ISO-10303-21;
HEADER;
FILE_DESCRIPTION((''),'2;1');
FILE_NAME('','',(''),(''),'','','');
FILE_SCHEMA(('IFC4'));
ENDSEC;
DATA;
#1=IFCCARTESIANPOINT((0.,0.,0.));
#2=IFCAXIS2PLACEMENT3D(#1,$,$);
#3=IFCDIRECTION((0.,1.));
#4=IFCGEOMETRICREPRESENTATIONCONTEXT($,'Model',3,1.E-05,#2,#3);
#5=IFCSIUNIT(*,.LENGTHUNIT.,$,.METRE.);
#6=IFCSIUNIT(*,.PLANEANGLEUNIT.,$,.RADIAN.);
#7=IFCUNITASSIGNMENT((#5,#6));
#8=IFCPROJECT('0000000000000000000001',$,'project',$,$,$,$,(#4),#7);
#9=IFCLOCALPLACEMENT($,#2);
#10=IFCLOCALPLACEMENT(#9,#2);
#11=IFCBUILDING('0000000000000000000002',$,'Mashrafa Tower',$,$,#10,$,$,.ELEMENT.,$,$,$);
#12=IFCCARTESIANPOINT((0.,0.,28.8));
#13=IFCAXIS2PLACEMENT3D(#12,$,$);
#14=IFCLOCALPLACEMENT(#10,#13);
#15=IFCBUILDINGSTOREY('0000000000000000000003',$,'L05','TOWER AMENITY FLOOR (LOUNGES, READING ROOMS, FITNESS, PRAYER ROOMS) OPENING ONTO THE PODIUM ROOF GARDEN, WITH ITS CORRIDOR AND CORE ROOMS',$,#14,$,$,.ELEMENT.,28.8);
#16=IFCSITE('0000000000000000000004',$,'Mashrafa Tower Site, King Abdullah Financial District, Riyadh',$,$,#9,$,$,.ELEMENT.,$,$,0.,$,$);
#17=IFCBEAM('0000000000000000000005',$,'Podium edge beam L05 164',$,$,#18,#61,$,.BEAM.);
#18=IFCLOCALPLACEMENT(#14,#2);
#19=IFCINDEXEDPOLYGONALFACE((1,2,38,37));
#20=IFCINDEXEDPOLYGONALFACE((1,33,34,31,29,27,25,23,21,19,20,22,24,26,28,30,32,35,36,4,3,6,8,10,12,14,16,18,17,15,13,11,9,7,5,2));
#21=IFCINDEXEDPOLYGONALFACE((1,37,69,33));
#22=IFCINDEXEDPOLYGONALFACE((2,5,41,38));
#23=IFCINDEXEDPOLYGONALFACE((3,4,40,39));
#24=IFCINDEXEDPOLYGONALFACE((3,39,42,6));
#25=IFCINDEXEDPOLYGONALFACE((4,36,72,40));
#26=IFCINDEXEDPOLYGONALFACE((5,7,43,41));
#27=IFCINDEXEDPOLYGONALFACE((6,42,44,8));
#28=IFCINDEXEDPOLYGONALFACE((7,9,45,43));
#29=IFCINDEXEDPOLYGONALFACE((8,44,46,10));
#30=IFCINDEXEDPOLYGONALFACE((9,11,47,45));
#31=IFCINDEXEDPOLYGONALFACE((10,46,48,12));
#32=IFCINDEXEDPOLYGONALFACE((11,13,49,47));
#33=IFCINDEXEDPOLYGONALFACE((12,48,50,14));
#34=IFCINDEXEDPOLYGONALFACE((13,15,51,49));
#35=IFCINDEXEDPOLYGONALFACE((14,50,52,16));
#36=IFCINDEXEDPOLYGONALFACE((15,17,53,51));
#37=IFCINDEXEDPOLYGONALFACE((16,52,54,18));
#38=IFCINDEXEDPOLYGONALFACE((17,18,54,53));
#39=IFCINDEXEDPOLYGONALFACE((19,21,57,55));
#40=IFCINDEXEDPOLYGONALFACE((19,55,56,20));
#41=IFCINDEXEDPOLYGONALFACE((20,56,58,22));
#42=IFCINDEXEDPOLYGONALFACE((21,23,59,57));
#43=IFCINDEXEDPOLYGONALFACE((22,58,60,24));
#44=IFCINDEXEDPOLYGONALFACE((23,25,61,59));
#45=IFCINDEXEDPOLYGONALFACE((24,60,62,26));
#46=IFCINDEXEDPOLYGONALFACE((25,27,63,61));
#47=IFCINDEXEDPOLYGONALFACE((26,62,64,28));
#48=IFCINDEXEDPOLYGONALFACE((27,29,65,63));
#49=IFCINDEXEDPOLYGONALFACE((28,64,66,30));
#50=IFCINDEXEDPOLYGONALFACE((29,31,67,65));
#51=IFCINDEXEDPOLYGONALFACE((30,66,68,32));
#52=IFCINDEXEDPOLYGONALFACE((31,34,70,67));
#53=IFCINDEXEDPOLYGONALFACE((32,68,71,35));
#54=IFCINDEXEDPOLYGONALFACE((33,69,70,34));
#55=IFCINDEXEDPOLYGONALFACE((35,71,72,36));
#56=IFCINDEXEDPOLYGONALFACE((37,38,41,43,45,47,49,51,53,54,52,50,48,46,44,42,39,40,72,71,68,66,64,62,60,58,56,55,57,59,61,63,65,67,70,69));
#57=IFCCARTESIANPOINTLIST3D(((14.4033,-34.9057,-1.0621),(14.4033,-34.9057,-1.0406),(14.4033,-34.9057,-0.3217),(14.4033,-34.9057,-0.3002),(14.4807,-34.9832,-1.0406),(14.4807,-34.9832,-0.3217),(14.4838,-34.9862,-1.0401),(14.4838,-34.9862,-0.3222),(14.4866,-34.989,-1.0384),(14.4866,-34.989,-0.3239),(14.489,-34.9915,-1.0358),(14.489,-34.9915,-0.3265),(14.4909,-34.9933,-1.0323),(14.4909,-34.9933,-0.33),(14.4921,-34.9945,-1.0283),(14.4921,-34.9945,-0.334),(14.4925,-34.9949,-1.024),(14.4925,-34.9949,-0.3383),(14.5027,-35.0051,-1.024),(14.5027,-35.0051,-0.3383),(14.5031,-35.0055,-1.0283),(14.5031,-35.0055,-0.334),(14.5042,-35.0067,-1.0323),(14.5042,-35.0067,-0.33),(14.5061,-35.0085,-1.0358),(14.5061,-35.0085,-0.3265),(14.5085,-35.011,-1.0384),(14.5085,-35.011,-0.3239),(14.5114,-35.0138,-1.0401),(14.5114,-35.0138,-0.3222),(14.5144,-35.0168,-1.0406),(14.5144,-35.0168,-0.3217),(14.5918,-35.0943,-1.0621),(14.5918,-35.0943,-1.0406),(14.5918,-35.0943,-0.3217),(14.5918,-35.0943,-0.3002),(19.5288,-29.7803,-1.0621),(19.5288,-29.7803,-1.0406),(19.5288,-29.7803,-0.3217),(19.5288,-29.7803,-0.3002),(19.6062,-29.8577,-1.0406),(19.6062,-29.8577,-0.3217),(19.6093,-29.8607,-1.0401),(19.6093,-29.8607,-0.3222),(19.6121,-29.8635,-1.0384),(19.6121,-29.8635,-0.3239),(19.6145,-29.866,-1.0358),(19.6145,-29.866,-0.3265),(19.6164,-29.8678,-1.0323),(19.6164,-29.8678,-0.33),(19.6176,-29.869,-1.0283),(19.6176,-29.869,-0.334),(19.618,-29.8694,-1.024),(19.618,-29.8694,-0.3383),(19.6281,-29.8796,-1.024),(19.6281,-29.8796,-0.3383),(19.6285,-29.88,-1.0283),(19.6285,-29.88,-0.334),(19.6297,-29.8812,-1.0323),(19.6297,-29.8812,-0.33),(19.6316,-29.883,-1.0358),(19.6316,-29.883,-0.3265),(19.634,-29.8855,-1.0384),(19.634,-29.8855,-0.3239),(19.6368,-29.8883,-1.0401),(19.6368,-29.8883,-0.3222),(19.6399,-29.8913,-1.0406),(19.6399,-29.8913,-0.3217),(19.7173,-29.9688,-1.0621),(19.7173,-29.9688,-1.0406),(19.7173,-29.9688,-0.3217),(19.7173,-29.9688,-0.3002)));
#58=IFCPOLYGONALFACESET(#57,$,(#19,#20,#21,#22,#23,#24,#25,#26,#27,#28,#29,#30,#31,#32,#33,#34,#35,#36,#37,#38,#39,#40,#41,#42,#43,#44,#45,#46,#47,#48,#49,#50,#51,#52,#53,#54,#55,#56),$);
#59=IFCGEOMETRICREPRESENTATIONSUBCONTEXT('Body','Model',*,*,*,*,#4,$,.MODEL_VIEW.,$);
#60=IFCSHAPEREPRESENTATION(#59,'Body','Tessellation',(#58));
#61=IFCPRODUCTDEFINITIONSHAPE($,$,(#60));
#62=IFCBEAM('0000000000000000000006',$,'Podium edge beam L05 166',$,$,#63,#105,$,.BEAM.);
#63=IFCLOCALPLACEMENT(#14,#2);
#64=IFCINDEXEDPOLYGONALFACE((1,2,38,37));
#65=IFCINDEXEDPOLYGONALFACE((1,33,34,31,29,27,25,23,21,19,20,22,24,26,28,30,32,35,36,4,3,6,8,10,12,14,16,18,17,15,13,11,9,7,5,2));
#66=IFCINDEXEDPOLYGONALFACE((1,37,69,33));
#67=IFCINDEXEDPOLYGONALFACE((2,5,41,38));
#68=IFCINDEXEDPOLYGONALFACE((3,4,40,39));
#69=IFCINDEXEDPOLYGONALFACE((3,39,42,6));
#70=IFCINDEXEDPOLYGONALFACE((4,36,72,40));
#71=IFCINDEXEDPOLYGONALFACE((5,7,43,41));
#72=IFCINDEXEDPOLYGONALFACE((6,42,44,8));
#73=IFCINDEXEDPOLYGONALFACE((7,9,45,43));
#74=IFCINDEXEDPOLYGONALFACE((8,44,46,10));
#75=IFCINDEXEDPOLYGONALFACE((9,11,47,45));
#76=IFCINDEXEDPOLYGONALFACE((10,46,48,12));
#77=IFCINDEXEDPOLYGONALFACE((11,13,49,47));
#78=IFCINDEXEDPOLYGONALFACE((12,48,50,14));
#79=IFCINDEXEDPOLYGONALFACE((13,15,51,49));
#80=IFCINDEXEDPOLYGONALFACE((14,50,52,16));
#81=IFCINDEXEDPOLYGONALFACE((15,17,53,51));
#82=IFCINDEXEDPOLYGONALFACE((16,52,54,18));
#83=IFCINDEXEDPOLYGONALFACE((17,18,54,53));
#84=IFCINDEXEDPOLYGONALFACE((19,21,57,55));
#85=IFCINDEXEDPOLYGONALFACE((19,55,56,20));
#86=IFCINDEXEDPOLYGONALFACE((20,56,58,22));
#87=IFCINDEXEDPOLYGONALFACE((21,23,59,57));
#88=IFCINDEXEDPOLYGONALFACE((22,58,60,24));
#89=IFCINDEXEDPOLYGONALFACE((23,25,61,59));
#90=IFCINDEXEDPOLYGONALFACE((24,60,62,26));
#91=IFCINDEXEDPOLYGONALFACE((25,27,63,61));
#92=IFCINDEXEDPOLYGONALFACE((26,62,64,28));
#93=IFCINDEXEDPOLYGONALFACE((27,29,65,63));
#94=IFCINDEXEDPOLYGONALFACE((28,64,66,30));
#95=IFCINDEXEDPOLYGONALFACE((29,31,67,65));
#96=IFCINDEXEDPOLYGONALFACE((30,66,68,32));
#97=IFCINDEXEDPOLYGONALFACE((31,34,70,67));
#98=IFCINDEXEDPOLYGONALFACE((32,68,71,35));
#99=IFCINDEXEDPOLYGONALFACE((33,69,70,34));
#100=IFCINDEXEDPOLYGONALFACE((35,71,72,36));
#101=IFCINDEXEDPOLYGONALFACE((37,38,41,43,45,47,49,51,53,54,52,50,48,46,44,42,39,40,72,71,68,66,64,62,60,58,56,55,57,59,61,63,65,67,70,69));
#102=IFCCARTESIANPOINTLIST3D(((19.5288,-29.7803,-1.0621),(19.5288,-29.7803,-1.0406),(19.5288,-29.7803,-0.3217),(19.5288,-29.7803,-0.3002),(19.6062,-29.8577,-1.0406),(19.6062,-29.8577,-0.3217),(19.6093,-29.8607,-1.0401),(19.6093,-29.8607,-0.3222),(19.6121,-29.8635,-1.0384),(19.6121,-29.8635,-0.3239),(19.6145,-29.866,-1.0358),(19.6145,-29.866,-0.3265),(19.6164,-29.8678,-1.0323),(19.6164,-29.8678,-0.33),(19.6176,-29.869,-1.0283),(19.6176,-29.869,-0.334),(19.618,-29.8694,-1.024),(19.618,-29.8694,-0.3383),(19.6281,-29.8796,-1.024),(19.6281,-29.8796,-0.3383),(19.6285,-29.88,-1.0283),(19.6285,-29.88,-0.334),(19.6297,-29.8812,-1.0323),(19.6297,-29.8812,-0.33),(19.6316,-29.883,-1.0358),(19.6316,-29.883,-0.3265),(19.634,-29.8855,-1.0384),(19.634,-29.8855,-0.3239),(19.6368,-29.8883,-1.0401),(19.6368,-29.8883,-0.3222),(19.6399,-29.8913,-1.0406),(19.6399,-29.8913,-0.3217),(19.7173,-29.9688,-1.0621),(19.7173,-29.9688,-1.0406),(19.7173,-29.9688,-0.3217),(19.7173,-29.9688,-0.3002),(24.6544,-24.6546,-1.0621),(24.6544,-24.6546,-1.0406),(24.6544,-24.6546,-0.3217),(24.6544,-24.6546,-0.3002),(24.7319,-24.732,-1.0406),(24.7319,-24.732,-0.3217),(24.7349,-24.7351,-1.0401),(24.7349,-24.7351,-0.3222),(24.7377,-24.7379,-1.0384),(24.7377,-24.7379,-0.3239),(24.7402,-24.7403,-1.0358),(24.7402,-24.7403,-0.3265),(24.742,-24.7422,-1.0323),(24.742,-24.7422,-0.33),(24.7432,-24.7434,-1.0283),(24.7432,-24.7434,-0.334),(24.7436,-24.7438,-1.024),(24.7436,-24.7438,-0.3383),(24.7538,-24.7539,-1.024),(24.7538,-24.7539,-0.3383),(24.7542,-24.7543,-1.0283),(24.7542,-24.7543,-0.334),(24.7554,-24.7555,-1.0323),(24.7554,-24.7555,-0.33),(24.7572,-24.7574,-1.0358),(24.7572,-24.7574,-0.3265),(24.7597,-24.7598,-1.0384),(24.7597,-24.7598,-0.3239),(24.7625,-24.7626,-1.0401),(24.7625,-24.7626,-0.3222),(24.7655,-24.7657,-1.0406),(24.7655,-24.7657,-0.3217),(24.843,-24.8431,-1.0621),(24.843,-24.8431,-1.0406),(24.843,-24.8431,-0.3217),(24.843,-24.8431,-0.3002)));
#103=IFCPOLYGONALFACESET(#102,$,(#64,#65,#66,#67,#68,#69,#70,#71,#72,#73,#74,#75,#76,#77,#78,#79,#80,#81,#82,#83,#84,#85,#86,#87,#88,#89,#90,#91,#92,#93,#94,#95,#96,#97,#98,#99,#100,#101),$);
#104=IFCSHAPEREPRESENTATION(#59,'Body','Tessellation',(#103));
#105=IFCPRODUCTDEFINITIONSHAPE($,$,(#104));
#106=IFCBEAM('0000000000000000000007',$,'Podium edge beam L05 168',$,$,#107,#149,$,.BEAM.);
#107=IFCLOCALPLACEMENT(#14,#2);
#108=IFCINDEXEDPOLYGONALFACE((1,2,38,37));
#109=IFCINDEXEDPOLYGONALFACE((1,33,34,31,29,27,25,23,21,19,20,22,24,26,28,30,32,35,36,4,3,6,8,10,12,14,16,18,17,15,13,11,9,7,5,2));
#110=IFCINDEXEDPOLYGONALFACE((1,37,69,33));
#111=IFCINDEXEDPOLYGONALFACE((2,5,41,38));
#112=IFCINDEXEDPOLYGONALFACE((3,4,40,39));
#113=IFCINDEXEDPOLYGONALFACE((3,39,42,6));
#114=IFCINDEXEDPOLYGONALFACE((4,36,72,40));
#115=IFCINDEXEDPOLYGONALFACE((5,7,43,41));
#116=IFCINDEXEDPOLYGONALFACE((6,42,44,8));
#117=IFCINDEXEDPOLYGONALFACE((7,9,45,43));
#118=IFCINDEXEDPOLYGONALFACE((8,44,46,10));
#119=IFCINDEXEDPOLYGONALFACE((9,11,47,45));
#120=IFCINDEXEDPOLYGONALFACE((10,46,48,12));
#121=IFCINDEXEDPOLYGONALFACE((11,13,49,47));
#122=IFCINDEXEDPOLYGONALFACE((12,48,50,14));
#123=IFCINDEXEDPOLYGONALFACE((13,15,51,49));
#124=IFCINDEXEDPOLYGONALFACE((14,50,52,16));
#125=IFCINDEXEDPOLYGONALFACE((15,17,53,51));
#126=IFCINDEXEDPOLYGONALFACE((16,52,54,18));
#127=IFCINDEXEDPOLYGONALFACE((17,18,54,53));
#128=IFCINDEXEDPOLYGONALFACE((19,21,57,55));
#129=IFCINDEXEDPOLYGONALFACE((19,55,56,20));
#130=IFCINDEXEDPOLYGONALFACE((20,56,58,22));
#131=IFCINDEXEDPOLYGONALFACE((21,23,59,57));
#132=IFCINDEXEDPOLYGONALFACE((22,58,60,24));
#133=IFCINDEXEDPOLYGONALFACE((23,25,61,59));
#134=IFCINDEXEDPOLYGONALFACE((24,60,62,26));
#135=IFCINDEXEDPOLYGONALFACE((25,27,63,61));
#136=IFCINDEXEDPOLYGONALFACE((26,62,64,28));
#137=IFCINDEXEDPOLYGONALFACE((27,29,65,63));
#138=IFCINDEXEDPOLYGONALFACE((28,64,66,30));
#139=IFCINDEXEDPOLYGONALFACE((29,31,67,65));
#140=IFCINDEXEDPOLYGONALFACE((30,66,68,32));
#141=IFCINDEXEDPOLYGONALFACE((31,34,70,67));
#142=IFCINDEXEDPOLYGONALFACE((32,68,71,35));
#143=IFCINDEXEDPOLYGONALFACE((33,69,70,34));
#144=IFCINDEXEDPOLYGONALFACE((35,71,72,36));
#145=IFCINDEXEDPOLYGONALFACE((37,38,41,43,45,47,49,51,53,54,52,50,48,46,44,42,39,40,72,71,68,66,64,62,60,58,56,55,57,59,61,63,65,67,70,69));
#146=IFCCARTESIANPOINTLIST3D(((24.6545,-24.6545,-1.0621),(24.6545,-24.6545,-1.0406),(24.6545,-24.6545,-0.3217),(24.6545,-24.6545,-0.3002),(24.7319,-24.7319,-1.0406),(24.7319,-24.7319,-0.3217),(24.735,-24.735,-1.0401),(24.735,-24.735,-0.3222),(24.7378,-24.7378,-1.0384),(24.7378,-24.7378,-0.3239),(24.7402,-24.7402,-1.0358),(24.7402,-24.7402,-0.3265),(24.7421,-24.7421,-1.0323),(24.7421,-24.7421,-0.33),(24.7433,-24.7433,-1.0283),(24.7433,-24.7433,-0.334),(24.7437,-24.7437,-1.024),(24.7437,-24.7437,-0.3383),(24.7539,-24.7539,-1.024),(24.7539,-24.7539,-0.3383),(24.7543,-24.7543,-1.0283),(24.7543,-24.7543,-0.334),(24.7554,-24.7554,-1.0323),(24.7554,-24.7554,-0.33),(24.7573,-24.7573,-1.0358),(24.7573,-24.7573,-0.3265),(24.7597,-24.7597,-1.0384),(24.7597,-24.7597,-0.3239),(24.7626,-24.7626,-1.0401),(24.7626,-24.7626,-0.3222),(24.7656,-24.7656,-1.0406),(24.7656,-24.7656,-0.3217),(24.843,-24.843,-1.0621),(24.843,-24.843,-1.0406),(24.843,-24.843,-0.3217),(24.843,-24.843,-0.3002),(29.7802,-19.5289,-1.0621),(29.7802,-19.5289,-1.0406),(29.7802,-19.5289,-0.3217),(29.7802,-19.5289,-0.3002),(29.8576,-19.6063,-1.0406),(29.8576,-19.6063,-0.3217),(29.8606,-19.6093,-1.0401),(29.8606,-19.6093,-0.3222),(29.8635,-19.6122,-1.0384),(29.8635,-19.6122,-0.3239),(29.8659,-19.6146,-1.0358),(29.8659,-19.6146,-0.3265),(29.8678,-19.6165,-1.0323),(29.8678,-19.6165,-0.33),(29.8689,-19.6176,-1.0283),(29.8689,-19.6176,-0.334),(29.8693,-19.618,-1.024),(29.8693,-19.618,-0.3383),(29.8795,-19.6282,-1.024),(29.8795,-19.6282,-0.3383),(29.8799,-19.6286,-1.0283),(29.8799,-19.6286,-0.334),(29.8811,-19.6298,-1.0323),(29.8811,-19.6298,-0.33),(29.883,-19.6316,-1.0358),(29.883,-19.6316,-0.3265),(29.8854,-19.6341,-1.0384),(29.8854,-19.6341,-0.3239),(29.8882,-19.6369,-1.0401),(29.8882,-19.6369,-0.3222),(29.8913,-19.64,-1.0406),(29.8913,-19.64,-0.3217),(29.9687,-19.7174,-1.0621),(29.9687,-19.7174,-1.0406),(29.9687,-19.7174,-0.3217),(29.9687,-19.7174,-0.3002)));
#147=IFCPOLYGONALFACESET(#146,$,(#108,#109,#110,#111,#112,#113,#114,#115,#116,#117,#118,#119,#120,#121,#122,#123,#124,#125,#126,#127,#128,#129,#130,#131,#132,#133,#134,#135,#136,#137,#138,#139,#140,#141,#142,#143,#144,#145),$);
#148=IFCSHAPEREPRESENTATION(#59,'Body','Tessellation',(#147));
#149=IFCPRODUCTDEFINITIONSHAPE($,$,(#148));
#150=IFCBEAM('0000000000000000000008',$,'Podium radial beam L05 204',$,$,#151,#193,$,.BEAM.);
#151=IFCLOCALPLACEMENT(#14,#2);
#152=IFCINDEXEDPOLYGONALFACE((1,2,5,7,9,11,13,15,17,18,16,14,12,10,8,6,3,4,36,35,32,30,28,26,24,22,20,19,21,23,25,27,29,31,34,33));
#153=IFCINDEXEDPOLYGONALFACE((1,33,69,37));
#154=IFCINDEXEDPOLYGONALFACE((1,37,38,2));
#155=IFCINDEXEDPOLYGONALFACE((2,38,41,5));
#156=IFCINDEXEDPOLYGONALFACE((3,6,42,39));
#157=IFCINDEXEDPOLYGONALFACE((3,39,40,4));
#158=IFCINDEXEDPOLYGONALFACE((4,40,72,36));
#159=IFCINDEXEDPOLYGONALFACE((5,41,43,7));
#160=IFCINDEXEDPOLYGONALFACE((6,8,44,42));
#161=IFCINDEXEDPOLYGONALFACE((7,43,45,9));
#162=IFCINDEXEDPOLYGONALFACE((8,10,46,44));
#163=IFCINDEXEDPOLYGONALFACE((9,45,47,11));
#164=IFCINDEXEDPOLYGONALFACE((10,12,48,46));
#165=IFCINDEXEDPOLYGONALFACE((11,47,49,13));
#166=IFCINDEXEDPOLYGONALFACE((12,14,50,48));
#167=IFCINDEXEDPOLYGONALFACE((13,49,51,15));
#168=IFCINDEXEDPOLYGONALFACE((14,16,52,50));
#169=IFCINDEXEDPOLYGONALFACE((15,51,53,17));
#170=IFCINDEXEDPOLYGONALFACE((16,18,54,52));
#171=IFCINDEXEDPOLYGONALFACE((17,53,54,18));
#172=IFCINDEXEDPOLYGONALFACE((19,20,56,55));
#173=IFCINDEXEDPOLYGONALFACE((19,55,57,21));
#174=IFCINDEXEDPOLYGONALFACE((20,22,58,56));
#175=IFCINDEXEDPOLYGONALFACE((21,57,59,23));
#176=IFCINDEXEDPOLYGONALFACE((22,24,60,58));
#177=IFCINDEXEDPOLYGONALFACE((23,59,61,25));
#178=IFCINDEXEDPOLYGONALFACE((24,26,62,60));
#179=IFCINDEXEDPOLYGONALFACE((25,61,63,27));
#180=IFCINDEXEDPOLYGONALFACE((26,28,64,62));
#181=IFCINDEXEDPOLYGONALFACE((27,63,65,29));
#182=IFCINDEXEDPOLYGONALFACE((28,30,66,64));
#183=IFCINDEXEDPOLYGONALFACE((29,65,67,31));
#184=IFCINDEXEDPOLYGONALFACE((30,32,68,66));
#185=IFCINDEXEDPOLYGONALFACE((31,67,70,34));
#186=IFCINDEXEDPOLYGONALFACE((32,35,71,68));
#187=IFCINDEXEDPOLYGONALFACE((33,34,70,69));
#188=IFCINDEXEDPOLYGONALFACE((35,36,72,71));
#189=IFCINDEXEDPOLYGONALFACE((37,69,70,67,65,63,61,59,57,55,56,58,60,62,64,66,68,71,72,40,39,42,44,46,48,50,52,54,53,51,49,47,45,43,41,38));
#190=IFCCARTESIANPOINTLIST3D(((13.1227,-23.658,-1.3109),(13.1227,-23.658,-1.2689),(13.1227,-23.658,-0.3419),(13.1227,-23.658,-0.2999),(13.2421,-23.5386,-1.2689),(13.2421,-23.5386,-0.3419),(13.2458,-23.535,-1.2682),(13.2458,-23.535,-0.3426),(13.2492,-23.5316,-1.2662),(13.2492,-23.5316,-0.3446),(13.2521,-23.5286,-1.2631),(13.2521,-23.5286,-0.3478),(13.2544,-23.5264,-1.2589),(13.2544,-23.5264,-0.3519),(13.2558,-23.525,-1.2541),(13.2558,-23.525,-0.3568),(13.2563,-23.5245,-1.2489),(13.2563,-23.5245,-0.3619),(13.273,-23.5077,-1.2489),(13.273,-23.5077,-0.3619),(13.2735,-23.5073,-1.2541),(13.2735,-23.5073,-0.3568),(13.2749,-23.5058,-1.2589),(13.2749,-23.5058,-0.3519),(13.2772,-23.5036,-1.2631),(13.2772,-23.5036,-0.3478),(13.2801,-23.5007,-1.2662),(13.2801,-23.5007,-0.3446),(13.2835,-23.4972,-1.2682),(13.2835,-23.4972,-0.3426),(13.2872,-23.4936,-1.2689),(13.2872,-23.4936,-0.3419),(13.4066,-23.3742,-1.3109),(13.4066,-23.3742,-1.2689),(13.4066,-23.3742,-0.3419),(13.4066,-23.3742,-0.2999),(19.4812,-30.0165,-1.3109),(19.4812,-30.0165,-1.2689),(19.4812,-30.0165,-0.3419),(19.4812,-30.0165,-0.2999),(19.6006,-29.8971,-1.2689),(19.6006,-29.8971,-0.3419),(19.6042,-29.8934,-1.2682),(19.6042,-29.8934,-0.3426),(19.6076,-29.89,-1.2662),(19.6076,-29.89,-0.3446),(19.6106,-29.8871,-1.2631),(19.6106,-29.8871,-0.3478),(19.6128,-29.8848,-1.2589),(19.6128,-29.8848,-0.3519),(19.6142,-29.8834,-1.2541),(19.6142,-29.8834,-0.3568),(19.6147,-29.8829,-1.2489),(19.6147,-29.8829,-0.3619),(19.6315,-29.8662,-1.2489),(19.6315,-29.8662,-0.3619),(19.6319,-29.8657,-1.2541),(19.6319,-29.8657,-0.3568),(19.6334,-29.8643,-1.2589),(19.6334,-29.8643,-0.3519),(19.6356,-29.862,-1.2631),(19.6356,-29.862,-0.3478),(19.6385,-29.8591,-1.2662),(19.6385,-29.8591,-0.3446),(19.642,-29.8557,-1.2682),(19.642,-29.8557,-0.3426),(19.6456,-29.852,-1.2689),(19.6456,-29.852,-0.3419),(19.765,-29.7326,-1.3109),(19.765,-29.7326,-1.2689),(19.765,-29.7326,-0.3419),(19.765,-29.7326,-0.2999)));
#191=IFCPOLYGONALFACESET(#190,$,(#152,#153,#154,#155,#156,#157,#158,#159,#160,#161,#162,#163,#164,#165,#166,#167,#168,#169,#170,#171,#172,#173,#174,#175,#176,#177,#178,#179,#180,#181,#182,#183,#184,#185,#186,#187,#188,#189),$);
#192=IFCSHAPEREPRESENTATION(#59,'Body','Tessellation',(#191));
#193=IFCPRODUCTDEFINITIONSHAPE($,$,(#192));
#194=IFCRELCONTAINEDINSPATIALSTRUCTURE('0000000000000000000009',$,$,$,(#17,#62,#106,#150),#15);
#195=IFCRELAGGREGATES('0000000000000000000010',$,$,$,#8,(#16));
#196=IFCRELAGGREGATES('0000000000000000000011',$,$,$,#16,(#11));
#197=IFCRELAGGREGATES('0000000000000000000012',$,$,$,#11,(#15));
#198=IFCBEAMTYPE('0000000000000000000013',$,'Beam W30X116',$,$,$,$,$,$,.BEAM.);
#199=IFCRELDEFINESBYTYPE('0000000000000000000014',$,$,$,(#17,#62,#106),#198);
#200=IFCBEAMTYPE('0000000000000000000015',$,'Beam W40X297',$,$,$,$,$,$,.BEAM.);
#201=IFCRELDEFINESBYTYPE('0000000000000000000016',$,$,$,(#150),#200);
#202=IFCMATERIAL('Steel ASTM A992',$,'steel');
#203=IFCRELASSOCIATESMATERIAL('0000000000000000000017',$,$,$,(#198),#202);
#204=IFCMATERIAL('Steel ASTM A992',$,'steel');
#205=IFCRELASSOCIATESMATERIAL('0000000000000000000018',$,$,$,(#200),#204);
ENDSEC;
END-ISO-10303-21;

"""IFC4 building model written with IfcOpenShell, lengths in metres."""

from ifc_helpers import new_model, si_unit, direction, frame, origin, origin_2d, place, context, subcontext, project, spatial, i_section, extrude, material, material_profile, profile_set, type_object, element, save


model = new_model("IFC4")

# Units and contexts
model_context = context("Model", 3, precision=1e-05, world=origin(), true_north=direction((0.0, 1.0)))
body_context = subcontext(model_context, "Body", "Model", "MODEL_VIEW")
ifc_project = project(units=[si_unit("LENGTHUNIT", "METRE"), si_unit("PLANEANGLEUNIT", "RADIAN")], contexts=[model_context])

# Site, building, storey
site_placement = place(None, origin())
site = spatial("IfcSite", under=ifc_project, at=site_placement, Name="Mashrafa Tower Site, King Abdullah Financial District, Riyadh", CompositionType="ELEMENT", RefElevation=0.0)
building_placement = place(site_placement, origin())
building = spatial("IfcBuilding", under=site, at=building_placement, Name="Mashrafa Tower", CompositionType="ELEMENT")
storey_placement = place(building_placement, frame((0.0, 0.0, 28.8)))
storey = spatial("IfcBuildingStorey", under=building, at=storey_placement, Name="L05", Description="TOWER AMENITY FLOOR (LOUNGES, READING ROOMS, FITNESS, PRAYER ROOMS) OPENING ONTO THE PODIUM ROOF GARDEN, WITH ITS CORRIDOR AND CORE ROOMS", CompositionType="ELEMENT", Elevation=28.8)

# Beams
ifc_material_1 = material(Name="Steel ASTM A992", Category="steel")
ifc_material_profile_1 = material_profile(ifc_material_1, i_section(OverallWidth=0.2666, OverallDepth=0.762, WebThickness=0.0144, FlangeThickness=0.0215, FilletRadius=0.0166, at=origin_2d()), Name="W30X116")
ifc_profile_set_1 = profile_set([ifc_material_profile_1], Name="Steel ASTM A992")
beam_type_1 = type_object("IfcBeamType", Name="Beam W30X116", PredefinedType="BEAM", material=ifc_profile_set_1)
beam_1_placement = place(storey_placement, frame((14.4976, -35.0, -0.6812), z_axis=(0.707107, 0.707107, 0.0), x_axis=(-0.707107, 0.707107, 0.0)))
element("IfcBeam", 1, at=beam_1_placement, inside=storey, type_object=beam_type_1, Name="Podium edge beam L05 164", PredefinedType="BEAM", context=body_context, shape_type="SweptSolid", body=[
    extrude(i_section(OverallWidth=0.2666, OverallDepth=0.762, WebThickness=0.0144, FlangeThickness=0.0215, FilletRadius=0.0166, at=origin_2d()), origin(), (0.0, 0.0, 1.0), 7.2485),
])
for number, where, z_axis, x_axis, name in (
    (2, (19.623, -29.8745, -0.6812), (0.707107, 0.707107, 0.0), (-0.707107, 0.707107, 0.0), "Podium edge beam L05 166"),
    (3, (24.7488, -24.7488, -0.6812), (0.707107, 0.707107, 0.0), (-0.707107, 0.707107, 0.0), "Podium edge beam L05 168"),
):
    element("IfcBeam", number, at=place(storey_placement, frame(where, z_axis=z_axis, x_axis=x_axis)), inside=storey, type_object=beam_type_1, Name=name, PredefinedType="BEAM", context=body_context, shape_type="SweptSolid", body=[
        extrude(i_section(OverallWidth=0.2666, OverallDepth=0.762, WebThickness=0.0144, FlangeThickness=0.0215, FilletRadius=0.0166, at=origin_2d()), origin(), (0.0, 0.0, 1.0), 7.2488),
    ])
ifc_material_2 = material(Name="Steel ASTM A992", Category="steel")
ifc_material_profile_2 = material_profile(ifc_material_2, i_section(OverallWidth=0.4014, OverallDepth=1.011, WebThickness=0.0237, FlangeThickness=0.042, FilletRadius=0.02, at=origin_2d()), Name="W40X297")
ifc_profile_set_2 = profile_set([ifc_material_profile_2], Name="Steel ASTM A992")
beam_type_2 = type_object("IfcBeamType", Name="Beam W40X297", PredefinedType="BEAM", material=ifc_profile_set_2)
beam_2_placement = place(storey_placement, frame((13.2646, -23.5161, -0.8054), z_axis=(0.707107, -0.707107, 0.0), x_axis=(0.707107, 0.707107, 0.0)))
element("IfcBeam", 4, at=beam_2_placement, inside=storey, type_object=beam_type_2, Name="Podium radial beam L05 204", PredefinedType="BEAM", context=body_context, shape_type="SweptSolid", body=[
    extrude(i_section(OverallWidth=0.4014, OverallDepth=1.011, WebThickness=0.0237, FlangeThickness=0.042, FilletRadius=0.02, at=origin_2d()), origin(), (0.0, 0.0, 1.0), 8.9922),
])

save(model, "model.ifc")
